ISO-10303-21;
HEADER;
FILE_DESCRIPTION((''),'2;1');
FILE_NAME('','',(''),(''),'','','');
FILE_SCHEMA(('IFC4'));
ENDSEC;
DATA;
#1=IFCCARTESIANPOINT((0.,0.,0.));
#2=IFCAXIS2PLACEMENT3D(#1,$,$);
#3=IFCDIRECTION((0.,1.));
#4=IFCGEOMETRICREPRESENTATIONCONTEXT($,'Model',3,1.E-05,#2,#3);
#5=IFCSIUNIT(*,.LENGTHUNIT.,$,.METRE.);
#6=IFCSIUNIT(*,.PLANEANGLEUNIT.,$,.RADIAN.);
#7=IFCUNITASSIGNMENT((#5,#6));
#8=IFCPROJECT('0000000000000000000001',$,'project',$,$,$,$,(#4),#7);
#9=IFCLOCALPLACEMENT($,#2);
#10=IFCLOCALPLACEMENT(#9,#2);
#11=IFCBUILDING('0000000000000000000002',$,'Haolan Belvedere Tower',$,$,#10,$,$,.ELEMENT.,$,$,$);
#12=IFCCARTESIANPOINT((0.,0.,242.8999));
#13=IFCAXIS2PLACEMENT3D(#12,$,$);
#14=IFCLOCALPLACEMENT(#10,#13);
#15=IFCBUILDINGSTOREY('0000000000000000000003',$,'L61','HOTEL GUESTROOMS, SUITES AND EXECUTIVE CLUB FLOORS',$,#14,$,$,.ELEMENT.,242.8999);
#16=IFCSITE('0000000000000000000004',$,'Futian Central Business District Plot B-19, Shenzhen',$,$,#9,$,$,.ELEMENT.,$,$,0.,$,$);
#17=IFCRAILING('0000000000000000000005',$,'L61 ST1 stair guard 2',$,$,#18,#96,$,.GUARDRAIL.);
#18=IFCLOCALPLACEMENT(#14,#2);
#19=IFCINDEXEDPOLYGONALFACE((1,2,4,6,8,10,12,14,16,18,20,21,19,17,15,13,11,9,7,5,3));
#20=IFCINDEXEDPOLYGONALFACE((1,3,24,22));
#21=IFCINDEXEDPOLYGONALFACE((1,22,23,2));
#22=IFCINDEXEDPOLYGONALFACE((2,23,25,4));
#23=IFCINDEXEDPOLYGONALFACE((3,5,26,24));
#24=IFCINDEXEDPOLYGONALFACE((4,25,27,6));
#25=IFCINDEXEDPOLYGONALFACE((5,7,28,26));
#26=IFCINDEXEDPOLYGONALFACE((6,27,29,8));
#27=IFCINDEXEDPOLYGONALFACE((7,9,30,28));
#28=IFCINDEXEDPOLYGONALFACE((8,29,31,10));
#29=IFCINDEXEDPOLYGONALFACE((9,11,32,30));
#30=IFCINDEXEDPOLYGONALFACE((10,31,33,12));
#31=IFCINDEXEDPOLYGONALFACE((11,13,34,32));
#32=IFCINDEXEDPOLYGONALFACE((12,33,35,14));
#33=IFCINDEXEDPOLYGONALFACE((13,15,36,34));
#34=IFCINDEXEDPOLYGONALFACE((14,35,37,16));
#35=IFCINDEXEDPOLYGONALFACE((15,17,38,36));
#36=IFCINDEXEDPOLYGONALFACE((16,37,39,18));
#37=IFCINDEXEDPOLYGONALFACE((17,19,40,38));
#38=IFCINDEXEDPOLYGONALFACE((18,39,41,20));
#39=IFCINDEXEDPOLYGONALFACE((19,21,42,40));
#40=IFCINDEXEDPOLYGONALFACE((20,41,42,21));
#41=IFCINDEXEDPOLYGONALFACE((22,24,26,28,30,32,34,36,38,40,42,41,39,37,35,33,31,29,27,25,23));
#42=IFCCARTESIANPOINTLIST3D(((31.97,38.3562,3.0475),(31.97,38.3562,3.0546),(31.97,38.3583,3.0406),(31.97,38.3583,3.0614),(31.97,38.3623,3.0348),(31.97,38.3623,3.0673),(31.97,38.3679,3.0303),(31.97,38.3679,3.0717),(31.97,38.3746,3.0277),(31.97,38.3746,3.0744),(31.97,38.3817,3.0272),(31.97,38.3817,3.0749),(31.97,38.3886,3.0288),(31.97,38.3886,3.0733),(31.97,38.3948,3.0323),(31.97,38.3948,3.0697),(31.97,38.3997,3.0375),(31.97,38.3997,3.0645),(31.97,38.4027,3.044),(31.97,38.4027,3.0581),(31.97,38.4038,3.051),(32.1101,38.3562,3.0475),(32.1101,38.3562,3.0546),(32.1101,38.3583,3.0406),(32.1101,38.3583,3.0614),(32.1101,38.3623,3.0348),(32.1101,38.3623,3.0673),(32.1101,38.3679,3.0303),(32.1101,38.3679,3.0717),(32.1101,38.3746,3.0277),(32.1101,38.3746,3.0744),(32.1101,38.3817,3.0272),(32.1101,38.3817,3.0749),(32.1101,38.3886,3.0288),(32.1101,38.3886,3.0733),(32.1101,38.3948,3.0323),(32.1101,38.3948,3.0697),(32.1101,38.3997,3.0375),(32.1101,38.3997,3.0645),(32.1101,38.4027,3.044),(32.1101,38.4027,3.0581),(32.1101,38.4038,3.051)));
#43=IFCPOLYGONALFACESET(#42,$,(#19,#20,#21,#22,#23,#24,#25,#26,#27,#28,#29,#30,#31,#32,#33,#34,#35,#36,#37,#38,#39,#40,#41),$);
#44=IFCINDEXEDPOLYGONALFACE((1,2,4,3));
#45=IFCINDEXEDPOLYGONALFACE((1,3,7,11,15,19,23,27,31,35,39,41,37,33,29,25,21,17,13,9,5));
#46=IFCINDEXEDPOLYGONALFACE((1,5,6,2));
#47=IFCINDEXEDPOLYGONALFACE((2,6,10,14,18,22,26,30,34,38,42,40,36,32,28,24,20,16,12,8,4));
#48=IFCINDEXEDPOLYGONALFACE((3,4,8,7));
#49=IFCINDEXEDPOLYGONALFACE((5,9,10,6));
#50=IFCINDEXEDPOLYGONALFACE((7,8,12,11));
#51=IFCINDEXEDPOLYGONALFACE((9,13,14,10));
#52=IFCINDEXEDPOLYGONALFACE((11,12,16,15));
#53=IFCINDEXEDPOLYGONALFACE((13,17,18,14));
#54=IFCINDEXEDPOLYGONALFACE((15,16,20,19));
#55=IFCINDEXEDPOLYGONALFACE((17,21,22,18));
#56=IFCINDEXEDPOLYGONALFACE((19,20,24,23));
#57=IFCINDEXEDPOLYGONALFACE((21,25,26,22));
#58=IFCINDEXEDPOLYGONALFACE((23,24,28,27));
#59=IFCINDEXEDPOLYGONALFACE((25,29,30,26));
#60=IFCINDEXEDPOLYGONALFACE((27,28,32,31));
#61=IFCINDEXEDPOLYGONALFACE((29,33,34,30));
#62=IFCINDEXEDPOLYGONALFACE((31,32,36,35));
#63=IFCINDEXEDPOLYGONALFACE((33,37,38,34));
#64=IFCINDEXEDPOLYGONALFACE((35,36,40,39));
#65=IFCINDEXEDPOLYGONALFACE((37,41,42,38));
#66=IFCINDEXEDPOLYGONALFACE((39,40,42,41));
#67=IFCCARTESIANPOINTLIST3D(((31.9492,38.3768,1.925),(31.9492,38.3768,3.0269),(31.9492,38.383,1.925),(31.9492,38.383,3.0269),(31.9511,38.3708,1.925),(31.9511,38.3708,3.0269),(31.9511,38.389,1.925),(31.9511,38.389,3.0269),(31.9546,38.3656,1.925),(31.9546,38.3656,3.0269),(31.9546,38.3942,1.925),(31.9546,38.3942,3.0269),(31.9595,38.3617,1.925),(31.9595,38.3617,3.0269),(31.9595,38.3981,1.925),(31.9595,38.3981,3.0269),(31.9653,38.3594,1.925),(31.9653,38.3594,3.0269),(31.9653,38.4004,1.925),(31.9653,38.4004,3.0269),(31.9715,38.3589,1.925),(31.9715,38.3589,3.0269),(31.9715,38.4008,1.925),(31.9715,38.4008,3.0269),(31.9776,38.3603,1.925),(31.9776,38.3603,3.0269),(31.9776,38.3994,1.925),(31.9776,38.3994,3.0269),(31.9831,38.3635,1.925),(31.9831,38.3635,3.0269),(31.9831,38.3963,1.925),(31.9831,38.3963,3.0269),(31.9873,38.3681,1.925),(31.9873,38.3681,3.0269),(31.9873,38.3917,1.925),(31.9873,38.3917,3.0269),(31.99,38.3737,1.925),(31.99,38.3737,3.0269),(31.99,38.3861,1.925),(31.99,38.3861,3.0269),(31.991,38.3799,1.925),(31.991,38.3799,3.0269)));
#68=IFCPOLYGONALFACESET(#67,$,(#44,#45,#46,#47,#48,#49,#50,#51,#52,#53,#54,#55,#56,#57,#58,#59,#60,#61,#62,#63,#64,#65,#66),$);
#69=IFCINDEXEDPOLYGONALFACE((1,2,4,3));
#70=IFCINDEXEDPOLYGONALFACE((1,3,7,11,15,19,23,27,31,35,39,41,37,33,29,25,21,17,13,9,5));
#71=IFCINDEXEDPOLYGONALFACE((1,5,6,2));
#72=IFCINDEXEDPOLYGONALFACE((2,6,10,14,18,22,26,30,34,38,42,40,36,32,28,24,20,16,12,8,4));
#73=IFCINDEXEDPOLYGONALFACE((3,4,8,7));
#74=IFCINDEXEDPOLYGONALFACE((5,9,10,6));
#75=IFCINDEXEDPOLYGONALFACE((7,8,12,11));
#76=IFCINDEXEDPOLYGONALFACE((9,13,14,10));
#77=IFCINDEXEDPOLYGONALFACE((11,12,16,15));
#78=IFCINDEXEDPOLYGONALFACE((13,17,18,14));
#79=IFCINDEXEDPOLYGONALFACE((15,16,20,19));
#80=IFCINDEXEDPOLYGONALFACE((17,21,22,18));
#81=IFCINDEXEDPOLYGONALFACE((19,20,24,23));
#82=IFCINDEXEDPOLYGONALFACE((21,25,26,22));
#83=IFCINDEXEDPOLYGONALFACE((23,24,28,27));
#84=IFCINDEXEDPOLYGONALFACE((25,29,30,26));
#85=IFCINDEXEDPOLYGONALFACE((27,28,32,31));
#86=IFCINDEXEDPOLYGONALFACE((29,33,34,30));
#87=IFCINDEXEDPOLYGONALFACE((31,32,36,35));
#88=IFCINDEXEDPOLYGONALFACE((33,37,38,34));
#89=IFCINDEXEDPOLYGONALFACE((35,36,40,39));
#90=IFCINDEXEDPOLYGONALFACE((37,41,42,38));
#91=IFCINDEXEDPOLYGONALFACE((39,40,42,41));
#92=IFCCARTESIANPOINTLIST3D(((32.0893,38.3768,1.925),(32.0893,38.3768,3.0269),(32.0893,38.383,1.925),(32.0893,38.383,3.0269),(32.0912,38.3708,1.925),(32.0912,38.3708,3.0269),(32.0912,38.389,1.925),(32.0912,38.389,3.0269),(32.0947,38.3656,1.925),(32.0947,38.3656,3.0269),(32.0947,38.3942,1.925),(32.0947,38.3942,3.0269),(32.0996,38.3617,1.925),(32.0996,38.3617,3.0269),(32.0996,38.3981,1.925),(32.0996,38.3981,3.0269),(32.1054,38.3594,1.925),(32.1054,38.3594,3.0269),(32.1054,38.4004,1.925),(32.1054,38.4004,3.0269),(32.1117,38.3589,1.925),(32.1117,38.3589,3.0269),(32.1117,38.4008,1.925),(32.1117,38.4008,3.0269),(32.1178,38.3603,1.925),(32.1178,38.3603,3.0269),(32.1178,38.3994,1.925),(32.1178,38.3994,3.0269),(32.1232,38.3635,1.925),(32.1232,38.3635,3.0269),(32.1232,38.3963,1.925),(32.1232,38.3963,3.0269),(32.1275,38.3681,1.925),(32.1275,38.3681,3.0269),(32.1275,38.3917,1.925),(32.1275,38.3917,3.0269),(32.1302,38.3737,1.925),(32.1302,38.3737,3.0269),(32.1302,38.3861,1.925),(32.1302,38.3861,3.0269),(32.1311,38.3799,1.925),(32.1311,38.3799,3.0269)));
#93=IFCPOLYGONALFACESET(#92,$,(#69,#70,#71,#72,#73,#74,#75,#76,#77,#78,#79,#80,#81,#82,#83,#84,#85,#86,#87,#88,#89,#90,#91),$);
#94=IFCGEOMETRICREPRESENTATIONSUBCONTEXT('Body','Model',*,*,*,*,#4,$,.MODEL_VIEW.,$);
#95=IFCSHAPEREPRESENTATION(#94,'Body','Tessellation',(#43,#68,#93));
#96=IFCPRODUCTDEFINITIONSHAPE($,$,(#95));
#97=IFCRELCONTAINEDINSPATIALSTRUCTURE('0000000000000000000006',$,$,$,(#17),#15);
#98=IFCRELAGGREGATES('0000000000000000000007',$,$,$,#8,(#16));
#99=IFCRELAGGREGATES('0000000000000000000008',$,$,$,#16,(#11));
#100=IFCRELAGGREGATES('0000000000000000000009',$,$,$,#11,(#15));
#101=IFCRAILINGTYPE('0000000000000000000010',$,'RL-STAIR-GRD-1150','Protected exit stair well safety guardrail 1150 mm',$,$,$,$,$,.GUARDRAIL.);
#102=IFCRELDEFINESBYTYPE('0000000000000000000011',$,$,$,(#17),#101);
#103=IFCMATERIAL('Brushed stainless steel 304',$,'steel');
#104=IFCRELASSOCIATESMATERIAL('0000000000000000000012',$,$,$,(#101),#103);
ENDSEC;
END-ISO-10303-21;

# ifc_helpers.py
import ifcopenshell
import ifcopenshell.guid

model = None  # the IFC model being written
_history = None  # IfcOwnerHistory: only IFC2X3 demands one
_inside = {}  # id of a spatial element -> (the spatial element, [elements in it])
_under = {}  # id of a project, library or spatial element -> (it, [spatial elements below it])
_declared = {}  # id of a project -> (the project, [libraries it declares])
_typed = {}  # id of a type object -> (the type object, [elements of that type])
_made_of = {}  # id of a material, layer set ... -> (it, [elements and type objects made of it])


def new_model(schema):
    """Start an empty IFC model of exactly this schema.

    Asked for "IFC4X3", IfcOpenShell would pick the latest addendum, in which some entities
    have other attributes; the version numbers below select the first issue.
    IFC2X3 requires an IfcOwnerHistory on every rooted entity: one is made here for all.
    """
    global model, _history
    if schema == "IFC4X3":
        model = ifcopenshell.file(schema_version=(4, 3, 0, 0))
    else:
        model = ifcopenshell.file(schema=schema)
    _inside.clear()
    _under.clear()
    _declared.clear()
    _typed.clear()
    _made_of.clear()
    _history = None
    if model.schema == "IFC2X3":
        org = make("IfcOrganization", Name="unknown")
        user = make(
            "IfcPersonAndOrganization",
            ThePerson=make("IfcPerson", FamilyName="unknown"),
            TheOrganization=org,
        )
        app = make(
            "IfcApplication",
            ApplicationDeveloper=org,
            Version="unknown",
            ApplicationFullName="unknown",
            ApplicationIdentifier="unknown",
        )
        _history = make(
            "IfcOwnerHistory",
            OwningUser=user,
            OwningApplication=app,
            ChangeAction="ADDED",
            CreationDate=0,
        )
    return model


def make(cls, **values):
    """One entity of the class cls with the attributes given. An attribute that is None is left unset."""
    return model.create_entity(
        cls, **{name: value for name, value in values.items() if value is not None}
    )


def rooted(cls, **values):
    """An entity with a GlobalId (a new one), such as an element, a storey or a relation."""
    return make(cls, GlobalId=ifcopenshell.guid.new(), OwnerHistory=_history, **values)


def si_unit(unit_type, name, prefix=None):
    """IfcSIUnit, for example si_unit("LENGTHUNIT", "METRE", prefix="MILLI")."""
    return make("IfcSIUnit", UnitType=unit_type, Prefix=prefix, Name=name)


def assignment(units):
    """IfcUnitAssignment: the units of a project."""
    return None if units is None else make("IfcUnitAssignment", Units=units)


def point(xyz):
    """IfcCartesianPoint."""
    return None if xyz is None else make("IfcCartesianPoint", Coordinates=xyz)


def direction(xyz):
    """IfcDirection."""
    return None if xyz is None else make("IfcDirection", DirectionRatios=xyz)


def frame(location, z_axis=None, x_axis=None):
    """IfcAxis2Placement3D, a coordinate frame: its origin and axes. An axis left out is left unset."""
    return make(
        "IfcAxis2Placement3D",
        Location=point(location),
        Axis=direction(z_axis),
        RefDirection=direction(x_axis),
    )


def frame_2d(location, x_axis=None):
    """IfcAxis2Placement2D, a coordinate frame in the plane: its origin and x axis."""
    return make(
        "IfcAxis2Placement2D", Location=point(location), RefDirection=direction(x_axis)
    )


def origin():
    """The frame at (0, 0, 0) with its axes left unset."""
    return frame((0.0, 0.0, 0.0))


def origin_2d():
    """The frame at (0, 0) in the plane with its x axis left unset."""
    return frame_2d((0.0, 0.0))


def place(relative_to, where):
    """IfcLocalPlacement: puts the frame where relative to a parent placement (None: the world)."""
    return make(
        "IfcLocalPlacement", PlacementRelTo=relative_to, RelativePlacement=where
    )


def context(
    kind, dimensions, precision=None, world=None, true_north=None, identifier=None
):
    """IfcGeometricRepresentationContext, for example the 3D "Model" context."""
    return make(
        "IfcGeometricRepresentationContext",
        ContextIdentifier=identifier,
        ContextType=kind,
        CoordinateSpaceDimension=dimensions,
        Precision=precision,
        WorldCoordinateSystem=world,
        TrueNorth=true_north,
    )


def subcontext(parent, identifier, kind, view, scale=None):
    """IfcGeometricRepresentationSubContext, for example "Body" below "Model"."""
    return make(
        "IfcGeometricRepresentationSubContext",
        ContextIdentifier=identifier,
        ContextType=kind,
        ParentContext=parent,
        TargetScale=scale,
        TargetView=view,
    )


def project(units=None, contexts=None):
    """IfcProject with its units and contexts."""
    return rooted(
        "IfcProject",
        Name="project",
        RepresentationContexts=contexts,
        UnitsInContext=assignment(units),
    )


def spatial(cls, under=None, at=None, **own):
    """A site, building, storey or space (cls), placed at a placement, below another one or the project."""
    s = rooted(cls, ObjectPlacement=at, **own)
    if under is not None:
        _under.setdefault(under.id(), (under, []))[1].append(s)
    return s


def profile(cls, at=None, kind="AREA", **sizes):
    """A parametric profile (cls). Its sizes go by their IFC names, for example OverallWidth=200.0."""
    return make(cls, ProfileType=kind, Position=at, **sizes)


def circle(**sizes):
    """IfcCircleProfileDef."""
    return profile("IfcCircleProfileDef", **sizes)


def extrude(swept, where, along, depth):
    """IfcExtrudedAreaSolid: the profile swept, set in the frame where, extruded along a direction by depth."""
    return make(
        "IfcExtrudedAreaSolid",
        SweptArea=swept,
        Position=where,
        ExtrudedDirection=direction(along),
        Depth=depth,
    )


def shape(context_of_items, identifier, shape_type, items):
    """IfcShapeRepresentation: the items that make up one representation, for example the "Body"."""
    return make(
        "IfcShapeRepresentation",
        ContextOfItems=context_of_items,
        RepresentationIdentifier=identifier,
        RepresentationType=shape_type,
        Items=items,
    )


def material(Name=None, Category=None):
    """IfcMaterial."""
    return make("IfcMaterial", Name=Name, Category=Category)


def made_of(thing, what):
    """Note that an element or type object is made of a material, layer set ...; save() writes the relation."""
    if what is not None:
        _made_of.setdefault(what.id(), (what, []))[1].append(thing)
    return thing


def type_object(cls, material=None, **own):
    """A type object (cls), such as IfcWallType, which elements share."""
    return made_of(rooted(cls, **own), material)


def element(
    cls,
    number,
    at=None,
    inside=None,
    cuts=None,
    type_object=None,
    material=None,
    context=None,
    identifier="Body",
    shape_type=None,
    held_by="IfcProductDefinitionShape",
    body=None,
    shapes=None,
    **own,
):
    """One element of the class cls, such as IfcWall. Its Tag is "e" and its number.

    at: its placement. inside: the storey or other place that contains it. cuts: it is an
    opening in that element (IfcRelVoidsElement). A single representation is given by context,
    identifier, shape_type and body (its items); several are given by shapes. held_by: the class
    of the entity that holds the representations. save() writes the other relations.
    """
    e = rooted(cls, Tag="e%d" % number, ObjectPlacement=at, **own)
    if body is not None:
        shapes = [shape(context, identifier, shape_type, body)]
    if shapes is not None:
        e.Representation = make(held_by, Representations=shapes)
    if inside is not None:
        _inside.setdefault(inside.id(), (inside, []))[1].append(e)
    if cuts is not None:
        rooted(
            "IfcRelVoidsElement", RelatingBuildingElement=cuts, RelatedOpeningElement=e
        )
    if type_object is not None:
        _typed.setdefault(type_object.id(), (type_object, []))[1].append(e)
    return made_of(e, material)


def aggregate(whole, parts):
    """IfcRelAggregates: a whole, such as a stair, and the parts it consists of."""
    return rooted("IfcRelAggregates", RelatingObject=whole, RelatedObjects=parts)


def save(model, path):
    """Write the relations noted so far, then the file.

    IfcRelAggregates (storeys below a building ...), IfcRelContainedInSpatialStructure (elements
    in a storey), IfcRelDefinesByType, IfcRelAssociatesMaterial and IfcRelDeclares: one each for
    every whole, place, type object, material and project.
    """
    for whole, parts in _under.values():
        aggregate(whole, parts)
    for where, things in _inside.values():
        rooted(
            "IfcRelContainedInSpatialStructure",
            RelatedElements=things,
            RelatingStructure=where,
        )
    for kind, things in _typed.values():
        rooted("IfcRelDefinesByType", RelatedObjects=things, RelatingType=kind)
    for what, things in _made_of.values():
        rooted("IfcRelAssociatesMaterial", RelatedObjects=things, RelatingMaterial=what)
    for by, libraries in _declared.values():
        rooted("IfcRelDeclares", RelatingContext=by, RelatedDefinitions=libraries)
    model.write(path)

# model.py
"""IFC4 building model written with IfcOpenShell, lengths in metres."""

from ifc_helpers import new_model, si_unit, direction, frame, origin, origin_2d, place, context, subcontext, project, spatial, circle, extrude, material, type_object, element, save


model = new_model("IFC4")

# Units and contexts
model_context = context("Model", 3, precision=1e-05, world=origin(), true_north=direction((0.0, 1.0)))
body_context = subcontext(model_context, "Body", "Model", "MODEL_VIEW")
ifc_project = project(units=[si_unit("LENGTHUNIT", "METRE"), si_unit("PLANEANGLEUNIT", "RADIAN")], contexts=[model_context])

# Site, building, storey
site_placement = place(None, origin())
site = spatial("IfcSite", under=ifc_project, at=site_placement, Name="Futian Central Business District Plot B-19, Shenzhen", CompositionType="ELEMENT", RefElevation=0.0)
building_placement = place(site_placement, origin())
building = spatial("IfcBuilding", under=site, at=building_placement, Name="Haolan Belvedere Tower", CompositionType="ELEMENT")
storey_placement = place(building_placement, frame((0.0, 0.0, 242.8999)))
storey = spatial("IfcBuildingStorey", under=building, at=storey_placement, Name="L61", Description="HOTEL GUESTROOMS, SUITES AND EXECUTIVE CLUB FLOORS", CompositionType="ELEMENT", Elevation=242.8999)

# Railing
ifc_material_1 = material(Name="Brushed stainless steel 304", Category="steel")
railing_type_1 = type_object("IfcRailingType", Name="RL-STAIR-GRD-1150", Description="Protected exit stair well safety guardrail 1150 mm", PredefinedType="GUARDRAIL", material=ifc_material_1)
railing_1_placement = place(storey_placement, frame((31.97, 38.3799, 1.925)))
element("IfcRailing", 1, at=railing_1_placement, inside=storey, type_object=railing_type_1, Name="L61 ST1 stair guard 2", PredefinedType="GUARDRAIL", context=body_context, shape_type="SweptSolid", body=[
    extrude(circle(Radius=0.0239, at=origin_2d()), frame((0.0, 0.0, 1.126), z_axis=(1.0, 0.0, 0.0), x_axis=(0.0, 1.0, 0.0)), (0.0, 0.0, 1.0), 0.1401),
    extrude(circle(Radius=0.021, at=origin_2d()), origin(), (0.0, 0.0, 1.0), 1.1018),
    extrude(circle(Radius=0.021, at=origin_2d()), frame((0.1401, 0.0, 0.0)), (0.0, 0.0, 1.0), 1.1018),
])

save(model, "model.ifc")
